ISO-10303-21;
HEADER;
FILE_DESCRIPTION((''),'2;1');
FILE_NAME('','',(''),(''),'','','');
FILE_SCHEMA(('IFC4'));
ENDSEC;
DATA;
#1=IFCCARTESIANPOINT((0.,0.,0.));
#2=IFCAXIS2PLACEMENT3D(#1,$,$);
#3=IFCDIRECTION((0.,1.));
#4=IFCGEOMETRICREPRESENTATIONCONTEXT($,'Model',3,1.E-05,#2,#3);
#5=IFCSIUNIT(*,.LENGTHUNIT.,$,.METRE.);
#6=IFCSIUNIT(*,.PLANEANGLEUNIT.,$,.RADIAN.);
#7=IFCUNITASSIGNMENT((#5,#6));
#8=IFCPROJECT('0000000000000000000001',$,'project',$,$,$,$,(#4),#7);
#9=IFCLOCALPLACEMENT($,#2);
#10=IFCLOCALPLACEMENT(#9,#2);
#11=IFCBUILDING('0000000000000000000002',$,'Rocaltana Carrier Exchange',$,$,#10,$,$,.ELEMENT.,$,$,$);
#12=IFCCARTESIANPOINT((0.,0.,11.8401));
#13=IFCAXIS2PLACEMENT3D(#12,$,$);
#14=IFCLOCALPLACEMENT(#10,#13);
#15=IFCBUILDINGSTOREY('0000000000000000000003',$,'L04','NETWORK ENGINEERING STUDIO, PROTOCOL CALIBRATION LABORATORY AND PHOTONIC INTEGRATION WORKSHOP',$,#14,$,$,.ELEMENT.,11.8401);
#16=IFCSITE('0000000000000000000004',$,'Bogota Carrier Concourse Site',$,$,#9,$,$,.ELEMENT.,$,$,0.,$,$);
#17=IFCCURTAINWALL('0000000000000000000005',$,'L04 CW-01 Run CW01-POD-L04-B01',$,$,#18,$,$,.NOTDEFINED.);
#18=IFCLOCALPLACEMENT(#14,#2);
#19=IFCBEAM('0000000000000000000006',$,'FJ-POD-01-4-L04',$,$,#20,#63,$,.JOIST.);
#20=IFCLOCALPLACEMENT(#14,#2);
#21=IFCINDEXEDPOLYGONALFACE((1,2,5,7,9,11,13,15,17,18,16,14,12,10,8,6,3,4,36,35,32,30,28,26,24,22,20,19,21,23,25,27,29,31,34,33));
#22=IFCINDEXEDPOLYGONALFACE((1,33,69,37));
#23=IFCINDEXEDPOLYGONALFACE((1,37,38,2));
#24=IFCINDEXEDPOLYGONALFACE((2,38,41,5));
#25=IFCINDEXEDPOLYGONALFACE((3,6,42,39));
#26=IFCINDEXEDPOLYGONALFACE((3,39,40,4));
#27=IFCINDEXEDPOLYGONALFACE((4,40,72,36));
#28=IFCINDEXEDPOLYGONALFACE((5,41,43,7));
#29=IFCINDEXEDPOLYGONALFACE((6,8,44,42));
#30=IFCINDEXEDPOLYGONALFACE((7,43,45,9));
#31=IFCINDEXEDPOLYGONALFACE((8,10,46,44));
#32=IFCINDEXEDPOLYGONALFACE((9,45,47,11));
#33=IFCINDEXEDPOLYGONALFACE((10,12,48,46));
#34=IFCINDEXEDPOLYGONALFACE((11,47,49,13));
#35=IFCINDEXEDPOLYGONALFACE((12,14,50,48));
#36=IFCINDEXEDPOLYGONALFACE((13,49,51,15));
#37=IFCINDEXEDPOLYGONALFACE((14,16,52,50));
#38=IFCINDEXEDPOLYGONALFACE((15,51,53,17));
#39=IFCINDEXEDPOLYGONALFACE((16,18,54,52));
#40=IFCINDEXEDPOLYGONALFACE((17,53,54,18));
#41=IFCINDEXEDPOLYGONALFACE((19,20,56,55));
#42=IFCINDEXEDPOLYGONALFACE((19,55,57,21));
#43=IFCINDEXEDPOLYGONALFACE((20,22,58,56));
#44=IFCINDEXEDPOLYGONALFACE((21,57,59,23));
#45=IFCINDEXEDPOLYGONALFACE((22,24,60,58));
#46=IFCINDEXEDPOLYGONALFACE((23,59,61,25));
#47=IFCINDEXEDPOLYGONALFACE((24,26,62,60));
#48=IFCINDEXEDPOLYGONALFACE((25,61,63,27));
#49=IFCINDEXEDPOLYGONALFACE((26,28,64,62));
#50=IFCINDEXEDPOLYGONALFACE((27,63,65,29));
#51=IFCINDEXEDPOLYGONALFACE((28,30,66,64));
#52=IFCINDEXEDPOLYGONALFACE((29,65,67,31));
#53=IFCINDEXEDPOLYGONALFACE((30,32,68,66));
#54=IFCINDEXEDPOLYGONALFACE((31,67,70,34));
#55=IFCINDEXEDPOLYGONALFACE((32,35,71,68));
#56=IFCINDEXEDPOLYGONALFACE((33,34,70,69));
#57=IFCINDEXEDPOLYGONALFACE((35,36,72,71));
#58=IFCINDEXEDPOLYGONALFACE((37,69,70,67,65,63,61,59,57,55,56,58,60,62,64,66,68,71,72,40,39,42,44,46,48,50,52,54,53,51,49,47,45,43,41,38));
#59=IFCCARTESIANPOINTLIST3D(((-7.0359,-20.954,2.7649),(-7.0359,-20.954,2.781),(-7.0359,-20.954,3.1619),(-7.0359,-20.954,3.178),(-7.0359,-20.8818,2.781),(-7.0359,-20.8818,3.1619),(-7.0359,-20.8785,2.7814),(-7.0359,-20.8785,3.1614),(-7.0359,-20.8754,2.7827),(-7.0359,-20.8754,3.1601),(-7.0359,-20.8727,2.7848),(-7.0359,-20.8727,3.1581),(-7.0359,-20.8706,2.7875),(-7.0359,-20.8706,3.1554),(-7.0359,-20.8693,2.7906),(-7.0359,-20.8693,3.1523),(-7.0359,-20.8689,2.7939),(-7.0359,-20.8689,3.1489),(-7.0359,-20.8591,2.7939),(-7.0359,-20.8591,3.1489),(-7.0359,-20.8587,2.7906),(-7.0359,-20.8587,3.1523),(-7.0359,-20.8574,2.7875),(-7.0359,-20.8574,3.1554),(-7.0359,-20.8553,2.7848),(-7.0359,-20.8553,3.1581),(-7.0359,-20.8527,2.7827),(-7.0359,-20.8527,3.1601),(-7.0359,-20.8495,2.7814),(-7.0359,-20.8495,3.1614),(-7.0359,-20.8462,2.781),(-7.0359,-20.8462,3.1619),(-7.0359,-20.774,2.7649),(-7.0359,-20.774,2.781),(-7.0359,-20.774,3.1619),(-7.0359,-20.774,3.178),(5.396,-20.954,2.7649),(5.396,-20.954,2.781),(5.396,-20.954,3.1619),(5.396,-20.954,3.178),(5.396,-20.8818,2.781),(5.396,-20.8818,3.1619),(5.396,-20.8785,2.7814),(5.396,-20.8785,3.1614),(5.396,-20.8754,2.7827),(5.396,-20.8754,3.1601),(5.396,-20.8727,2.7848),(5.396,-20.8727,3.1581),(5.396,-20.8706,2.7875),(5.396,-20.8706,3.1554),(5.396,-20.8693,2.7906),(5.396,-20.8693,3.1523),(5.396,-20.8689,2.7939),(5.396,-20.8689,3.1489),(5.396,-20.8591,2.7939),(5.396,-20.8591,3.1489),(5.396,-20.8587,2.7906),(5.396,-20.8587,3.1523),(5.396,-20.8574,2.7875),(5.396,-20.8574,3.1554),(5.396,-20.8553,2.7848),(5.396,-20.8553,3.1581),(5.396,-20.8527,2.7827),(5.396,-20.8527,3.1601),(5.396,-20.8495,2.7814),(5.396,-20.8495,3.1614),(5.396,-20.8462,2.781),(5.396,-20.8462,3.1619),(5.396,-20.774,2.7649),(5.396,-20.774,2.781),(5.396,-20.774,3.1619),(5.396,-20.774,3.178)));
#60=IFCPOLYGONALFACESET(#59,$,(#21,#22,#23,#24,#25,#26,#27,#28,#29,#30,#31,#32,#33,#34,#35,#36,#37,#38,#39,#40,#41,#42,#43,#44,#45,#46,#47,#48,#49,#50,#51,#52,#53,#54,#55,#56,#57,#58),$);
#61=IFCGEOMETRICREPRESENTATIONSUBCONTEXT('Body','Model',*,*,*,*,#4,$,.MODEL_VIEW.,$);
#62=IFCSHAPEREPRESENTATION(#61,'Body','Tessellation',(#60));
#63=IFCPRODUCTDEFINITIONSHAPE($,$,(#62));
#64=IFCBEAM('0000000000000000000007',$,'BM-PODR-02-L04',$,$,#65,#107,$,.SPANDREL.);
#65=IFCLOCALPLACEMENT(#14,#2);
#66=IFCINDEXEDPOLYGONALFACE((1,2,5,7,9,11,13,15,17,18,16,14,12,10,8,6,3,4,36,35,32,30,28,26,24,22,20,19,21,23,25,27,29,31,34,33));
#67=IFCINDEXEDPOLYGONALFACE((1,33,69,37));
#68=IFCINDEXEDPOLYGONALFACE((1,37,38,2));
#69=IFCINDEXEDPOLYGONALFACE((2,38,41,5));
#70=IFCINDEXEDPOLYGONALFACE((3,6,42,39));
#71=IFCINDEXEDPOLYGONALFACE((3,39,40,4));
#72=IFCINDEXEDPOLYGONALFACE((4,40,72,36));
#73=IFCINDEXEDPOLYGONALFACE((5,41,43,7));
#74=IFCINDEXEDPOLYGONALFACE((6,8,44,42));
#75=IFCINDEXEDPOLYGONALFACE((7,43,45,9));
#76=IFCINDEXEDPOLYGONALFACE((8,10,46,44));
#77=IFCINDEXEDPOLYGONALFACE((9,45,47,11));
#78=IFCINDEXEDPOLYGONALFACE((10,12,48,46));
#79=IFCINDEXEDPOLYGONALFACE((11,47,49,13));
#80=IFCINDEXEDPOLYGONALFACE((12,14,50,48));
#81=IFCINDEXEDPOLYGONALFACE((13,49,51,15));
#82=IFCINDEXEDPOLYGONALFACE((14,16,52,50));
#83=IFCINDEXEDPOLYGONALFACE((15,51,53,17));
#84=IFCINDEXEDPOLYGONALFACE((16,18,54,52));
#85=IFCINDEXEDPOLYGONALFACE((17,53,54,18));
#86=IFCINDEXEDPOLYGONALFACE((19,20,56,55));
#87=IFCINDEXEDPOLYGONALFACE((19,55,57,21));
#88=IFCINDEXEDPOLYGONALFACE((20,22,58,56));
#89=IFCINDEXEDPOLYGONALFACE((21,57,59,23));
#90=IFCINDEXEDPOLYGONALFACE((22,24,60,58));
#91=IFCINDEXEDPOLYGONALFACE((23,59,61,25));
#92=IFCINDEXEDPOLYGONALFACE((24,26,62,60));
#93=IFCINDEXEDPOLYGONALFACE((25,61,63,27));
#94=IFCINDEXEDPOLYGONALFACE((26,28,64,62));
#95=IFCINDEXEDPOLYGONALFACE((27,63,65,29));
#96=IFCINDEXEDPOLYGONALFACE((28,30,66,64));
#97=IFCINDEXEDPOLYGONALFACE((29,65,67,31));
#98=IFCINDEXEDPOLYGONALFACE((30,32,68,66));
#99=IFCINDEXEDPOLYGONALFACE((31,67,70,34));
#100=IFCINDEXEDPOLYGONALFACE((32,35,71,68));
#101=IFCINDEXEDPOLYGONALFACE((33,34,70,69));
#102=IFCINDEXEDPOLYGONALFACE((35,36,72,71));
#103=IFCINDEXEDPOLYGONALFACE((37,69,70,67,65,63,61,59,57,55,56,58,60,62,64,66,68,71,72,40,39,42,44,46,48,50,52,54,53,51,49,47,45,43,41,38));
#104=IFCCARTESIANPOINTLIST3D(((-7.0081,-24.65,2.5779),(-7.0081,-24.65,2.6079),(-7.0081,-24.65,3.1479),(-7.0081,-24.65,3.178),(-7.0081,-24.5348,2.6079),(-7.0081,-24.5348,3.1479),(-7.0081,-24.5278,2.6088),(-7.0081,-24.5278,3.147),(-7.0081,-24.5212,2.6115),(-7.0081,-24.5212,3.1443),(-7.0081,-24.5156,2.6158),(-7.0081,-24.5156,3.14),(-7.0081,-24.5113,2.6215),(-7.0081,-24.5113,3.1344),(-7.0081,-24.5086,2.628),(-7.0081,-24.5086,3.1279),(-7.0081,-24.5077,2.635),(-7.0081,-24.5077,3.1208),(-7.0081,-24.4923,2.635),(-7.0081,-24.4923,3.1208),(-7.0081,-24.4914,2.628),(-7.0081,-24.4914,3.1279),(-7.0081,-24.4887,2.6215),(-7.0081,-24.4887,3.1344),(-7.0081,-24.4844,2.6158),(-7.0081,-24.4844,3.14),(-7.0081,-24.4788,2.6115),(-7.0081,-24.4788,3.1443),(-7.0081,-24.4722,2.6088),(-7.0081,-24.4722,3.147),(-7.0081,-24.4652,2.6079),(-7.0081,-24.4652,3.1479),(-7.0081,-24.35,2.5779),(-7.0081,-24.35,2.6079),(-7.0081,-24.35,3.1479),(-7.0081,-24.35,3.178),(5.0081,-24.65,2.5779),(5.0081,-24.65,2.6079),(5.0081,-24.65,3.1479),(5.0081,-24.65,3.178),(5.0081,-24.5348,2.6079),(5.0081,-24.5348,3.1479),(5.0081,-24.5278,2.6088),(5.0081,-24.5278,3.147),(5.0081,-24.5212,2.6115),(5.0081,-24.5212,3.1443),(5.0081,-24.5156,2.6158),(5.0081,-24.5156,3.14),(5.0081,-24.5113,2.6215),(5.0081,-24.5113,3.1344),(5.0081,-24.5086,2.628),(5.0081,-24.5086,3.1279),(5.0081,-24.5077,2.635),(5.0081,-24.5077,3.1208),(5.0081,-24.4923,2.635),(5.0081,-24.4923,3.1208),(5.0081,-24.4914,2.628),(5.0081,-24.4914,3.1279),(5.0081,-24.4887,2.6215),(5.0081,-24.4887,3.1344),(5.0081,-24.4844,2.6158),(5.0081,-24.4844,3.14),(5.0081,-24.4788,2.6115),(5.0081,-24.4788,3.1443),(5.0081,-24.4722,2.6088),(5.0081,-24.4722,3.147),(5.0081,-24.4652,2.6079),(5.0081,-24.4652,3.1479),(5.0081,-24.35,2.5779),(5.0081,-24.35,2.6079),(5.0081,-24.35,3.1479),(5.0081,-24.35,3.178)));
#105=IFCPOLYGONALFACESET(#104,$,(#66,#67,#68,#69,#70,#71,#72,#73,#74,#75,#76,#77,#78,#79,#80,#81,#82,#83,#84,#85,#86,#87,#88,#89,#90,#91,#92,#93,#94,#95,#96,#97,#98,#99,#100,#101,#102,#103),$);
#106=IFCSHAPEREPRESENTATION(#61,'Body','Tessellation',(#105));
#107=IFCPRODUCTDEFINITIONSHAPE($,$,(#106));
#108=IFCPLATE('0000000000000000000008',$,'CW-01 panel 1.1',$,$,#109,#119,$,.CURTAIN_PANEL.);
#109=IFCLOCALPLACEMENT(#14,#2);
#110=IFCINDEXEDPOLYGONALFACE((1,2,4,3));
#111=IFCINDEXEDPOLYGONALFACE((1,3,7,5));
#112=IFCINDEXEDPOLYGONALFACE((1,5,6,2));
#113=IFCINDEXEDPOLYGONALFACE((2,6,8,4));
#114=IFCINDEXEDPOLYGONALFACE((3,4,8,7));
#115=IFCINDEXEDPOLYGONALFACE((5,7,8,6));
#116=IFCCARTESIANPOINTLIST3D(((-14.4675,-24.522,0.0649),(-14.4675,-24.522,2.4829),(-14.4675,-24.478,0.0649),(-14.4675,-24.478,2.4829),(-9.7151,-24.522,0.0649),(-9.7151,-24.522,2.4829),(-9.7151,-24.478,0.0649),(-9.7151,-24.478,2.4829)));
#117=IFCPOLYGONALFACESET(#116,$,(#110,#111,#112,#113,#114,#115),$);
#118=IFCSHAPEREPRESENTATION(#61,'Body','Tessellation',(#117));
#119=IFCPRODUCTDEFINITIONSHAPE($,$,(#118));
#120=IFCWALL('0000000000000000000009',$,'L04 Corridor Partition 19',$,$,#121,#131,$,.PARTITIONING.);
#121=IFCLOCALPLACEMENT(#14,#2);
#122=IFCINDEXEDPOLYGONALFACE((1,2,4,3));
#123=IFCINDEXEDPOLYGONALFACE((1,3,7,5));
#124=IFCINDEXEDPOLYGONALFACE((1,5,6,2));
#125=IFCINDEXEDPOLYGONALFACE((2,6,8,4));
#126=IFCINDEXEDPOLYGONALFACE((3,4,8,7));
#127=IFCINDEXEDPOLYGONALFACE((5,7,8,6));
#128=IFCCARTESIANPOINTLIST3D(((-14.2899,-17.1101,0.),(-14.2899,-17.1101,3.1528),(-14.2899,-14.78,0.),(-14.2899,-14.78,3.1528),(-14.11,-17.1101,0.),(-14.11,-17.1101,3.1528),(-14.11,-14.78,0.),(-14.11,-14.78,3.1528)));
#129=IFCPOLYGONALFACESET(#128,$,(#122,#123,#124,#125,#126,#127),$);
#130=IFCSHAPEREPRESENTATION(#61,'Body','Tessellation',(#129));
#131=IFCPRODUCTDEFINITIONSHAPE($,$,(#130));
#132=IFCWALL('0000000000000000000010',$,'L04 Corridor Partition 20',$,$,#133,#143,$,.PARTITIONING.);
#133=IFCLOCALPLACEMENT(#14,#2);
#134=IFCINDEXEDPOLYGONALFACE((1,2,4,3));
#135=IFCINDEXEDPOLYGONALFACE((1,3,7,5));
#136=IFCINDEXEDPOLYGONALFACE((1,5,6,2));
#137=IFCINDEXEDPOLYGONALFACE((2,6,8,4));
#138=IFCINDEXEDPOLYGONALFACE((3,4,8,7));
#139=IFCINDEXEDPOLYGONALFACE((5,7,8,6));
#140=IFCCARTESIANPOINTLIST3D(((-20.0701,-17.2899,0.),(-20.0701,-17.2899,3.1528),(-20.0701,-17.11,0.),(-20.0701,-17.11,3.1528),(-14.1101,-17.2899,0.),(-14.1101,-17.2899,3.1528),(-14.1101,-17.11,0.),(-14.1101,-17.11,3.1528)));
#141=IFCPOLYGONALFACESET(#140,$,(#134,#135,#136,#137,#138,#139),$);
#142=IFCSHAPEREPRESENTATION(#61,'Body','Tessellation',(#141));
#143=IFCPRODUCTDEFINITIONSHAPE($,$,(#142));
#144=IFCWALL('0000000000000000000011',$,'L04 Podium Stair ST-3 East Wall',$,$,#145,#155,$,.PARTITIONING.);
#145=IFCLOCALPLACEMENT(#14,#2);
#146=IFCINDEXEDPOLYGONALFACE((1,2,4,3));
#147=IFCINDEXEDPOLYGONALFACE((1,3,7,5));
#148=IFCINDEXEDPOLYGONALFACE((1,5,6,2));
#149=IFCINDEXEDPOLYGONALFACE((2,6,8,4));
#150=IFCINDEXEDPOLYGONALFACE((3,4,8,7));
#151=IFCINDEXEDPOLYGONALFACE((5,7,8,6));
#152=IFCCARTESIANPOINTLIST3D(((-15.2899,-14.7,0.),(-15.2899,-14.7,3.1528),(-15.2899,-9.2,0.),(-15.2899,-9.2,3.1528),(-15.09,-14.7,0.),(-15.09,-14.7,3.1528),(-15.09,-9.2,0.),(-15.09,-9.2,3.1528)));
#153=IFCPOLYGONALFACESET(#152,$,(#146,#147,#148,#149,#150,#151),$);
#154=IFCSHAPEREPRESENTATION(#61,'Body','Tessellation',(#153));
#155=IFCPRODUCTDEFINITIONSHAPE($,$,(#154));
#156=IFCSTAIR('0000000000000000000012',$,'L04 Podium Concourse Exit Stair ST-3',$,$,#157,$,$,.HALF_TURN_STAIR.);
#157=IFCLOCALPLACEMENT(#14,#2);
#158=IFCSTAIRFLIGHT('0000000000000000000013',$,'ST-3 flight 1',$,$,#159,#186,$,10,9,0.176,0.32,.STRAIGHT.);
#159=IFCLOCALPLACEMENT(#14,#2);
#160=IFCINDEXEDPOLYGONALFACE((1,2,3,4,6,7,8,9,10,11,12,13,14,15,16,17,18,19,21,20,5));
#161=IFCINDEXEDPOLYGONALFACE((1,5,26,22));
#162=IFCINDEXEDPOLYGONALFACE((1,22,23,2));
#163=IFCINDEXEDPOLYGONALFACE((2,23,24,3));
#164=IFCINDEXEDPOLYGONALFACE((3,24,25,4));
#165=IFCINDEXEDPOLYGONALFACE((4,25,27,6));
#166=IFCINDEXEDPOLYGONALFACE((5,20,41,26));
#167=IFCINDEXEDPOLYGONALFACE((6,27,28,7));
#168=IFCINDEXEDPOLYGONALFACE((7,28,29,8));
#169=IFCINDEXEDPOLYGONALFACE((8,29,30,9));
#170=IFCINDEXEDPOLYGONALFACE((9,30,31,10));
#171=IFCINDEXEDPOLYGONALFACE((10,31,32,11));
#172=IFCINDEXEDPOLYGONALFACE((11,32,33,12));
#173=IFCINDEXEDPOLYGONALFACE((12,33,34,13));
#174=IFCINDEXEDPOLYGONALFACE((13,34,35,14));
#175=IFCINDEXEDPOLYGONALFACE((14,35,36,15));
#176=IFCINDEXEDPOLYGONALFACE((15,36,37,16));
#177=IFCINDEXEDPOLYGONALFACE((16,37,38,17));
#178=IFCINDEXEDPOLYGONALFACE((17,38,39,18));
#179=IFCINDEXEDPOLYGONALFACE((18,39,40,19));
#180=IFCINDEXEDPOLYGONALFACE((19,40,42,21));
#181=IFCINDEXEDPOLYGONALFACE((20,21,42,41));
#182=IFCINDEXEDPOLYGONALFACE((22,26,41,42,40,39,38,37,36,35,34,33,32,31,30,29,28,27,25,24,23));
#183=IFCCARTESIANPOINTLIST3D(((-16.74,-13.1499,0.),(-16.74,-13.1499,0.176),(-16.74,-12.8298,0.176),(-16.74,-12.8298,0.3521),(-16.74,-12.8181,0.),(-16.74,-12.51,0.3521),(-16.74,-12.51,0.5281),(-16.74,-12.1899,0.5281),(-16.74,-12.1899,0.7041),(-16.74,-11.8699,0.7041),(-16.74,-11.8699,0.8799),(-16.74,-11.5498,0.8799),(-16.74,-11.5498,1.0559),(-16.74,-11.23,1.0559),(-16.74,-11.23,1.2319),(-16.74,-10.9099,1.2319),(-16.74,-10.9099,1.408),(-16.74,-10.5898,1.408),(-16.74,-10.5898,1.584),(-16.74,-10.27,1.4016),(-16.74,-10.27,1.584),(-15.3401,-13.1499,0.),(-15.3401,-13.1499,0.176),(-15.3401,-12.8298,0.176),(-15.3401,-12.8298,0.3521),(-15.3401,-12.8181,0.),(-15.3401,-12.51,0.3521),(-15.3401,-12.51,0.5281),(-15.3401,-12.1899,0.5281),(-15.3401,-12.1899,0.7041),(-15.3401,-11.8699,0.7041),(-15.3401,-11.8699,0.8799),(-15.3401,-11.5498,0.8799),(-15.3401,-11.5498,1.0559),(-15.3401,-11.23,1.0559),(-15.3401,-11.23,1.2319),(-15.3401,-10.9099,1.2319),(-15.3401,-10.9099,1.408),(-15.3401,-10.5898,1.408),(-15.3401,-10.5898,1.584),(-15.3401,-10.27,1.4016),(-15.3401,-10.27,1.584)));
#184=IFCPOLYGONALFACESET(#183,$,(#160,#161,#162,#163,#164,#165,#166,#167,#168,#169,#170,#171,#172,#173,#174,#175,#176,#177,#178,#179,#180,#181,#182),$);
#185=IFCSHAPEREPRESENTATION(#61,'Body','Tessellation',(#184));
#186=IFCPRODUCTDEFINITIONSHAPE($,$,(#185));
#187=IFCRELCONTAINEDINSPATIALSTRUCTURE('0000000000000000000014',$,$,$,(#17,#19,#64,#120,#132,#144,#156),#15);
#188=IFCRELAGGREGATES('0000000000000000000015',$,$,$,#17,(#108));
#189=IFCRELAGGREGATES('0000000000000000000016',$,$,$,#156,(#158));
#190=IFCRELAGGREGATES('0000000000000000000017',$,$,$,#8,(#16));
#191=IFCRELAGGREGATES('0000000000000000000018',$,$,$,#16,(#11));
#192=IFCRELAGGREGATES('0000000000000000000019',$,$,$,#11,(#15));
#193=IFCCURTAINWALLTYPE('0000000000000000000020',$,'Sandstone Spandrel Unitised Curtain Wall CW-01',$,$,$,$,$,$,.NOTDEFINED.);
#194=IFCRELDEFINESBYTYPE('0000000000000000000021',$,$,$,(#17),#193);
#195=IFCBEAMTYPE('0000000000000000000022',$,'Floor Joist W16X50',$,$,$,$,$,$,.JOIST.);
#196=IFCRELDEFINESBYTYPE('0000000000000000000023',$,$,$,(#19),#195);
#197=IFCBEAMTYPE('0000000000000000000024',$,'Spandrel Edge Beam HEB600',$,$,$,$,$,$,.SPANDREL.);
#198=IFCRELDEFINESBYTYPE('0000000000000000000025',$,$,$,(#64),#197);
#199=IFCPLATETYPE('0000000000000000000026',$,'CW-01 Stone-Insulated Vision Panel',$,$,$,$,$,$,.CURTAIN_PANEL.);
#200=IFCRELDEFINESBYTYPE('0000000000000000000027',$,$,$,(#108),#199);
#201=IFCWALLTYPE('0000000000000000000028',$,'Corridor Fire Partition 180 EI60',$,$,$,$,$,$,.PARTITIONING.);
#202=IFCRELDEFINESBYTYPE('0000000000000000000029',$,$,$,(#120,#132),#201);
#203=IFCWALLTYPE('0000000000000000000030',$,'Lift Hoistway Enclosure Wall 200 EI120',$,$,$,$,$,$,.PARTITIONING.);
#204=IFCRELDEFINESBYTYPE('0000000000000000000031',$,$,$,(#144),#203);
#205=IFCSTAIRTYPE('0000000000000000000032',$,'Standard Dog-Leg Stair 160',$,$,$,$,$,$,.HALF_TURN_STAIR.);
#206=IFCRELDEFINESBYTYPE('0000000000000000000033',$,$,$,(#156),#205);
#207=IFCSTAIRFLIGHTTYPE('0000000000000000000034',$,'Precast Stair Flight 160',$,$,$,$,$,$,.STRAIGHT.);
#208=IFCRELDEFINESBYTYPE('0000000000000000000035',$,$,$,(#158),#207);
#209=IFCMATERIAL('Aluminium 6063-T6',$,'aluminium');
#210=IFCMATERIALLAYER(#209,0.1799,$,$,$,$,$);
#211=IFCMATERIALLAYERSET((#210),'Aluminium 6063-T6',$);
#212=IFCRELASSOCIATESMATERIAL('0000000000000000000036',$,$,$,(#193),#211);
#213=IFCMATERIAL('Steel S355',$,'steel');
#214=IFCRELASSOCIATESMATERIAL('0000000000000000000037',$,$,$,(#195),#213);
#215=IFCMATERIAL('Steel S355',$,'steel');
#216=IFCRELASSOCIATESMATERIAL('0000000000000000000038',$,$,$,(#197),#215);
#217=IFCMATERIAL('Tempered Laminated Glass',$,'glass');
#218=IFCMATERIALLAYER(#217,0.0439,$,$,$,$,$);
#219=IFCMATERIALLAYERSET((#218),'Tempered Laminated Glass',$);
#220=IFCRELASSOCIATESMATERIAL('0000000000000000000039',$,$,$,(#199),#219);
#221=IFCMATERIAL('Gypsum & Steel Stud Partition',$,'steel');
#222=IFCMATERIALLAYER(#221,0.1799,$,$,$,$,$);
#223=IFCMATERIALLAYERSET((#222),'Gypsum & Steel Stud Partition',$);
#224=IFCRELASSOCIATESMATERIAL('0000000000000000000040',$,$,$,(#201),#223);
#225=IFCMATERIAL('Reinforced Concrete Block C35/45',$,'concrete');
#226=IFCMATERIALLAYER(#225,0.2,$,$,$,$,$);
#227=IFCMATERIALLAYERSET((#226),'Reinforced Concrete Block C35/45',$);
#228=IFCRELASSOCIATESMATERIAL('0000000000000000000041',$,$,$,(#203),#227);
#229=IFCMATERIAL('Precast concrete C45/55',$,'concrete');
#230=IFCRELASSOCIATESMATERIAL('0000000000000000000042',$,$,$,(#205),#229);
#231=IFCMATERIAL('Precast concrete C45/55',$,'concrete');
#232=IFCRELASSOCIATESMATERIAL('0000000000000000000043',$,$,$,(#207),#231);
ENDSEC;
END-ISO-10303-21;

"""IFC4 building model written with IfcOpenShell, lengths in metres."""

from ifc_helpers import new_model, si_unit, direction, frame, frame_2d, origin, origin_2d, place, context, subcontext, project, spatial, polyline, rectangle, i_section, outline, extrude, material, layer, layer_set, material_profile, profile_set, type_object, element, aggregate, save


model = new_model("IFC4")

# Units and contexts
model_context = context("Model", 3, precision=1e-05, world=origin(), true_north=direction((0.0, 1.0)))
body_context = subcontext(model_context, "Body", "Model", "MODEL_VIEW")
ifc_project = project(units=[si_unit("LENGTHUNIT", "METRE"), si_unit("PLANEANGLEUNIT", "RADIAN")], contexts=[model_context])

# Site, building, storey
site_placement = place(None, origin())
site = spatial("IfcSite", under=ifc_project, at=site_placement, Name="Bogota Carrier Concourse Site", CompositionType="ELEMENT", RefElevation=0.0)
building_placement = place(site_placement, origin())
building = spatial("IfcBuilding", under=site, at=building_placement, Name="Rocaltana Carrier Exchange", CompositionType="ELEMENT")
storey_placement = place(building_placement, frame((0.0, 0.0, 11.8401)))
storey = spatial("IfcBuildingStorey", under=building, at=storey_placement, Name="L04", Description="NETWORK ENGINEERING STUDIO, PROTOCOL CALIBRATION LABORATORY AND PHOTONIC INTEGRATION WORKSHOP", CompositionType="ELEMENT", Elevation=11.8401)

# Curtain wall
ifc_material_1 = material(Name="Aluminium 6063-T6", Category="aluminium")
ifc_layer_1 = layer(ifc_material_1, 0.1799)
ifc_layer_set_1 = layer_set([ifc_layer_1], Name="Aluminium 6063-T6")
curtain_wall_type = type_object("IfcCurtainWallType", Name="Sandstone Spandrel Unitised Curtain Wall CW-01", PredefinedType="NOTDEFINED", material=ifc_layer_set_1)
curtain_wall_placement = place(storey_placement, origin())
curtain_wall = element("IfcCurtainWall", 1, at=curtain_wall_placement, inside=storey, type_object=curtain_wall_type, Name="L04 CW-01 Run CW01-POD-L04-B01", PredefinedType="NOTDEFINED")

# Beams
ifc_material_2 = material(Name="Steel S355", Category="steel")
ifc_material_profile_1 = material_profile(ifc_material_2, i_section(OverallWidth=0.1799, OverallDepth=0.4131, WebThickness=0.0098, FlangeThickness=0.0161, FilletRadius=0.0129, at=origin_2d()), Name="W16X50")
ifc_profile_set_1 = profile_set([ifc_material_profile_1], Name="Steel S355")
beam_type_1 = type_object("IfcBeamType", Name="Floor Joist W16X50", PredefinedType="JOIST", material=ifc_profile_set_1)
beam_1_placement = place(storey_placement, frame((-7.0359, -20.864, 2.9714), z_axis=(1.0, 0.0, 0.0), x_axis=(0.0, 1.0, 0.0)))
element("IfcBeam", 2, at=beam_1_placement, inside=storey, type_object=beam_type_1, Name="FJ-POD-01-4-L04", PredefinedType="JOIST", context=body_context, shape_type="SweptSolid", body=[
    extrude(i_section(OverallWidth=0.1799, OverallDepth=0.4131, WebThickness=0.0098, FlangeThickness=0.0161, FilletRadius=0.0129, at=origin_2d()), origin(), (0.0, 0.0, 1.0), 12.4319),
])
ifc_material_3 = material(Name="Steel S355", Category="steel")
ifc_material_profile_2 = material_profile(ifc_material_3, i_section(OverallWidth=0.3, OverallDepth=0.6001, WebThickness=0.0154, FlangeThickness=0.03, FilletRadius=0.0271, at=origin_2d()), Name="HEB600")
ifc_profile_set_2 = profile_set([ifc_material_profile_2], Name="Steel S355")
beam_type_2 = type_object("IfcBeamType", Name="Spandrel Edge Beam HEB600", PredefinedType="SPANDREL", material=ifc_profile_set_2)
beam_2_placement = place(storey_placement, frame((-7.0081, -24.5, 2.8779), z_axis=(1.0, 0.0, 0.0), x_axis=(0.0, 1.0, 0.0)))
element("IfcBeam", 3, at=beam_2_placement, inside=storey, type_object=beam_type_2, Name="BM-PODR-02-L04", PredefinedType="SPANDREL", context=body_context, shape_type="SweptSolid", body=[
    extrude(i_section(OverallWidth=0.3, OverallDepth=0.6001, WebThickness=0.0154, FlangeThickness=0.03, FilletRadius=0.0271, at=origin_2d()), origin(), (0.0, 0.0, 1.0), 12.0161),
])

# Plate
ifc_material_4 = material(Name="Tempered Laminated Glass", Category="glass")
ifc_layer_2 = layer(ifc_material_4, 0.0439)
ifc_layer_set_2 = layer_set([ifc_layer_2], Name="Tempered Laminated Glass")
plate_type = type_object("IfcPlateType", Name="CW-01 Stone-Insulated Vision Panel", PredefinedType="CURTAIN_PANEL", material=ifc_layer_set_2)
plate_placement = place(storey_placement, frame((-12.0913, -24.5, 0.0649), z_axis=(0.0, 0.0, 1.0), x_axis=(-1.0, 0.0, 0.0)))
plate = element("IfcPlate", 4, at=plate_placement, type_object=plate_type, Name="CW-01 panel 1.1", PredefinedType="CURTAIN_PANEL", context=body_context, shape_type="SweptSolid", body=[
    extrude(rectangle(XDim=4.7524, YDim=0.0439, at=origin_2d()), origin(), (0.0, 0.0, 1.0), 2.418),
])
aggregate(curtain_wall, [plate])

# Walls
ifc_material_5 = material(Name="Gypsum & Steel Stud Partition", Category="steel")
ifc_layer_3 = layer(ifc_material_5, 0.1799)
ifc_layer_set_3 = layer_set([ifc_layer_3], Name="Gypsum & Steel Stud Partition")
wall_type_1 = type_object("IfcWallType", Name="Corridor Fire Partition 180 EI60", PredefinedType="PARTITIONING", material=ifc_layer_set_3)
wall_1_placement = place(storey_placement, frame((-14.2, -14.78, 0.0), z_axis=(0.0, 0.0, 1.0), x_axis=(0.0, -1.0, 0.0)))
element("IfcWall", 5, at=wall_1_placement, inside=storey, type_object=wall_type_1, Name="L04 Corridor Partition 19", PredefinedType="PARTITIONING", context=body_context, shape_type="SweptSolid", body=[
    extrude(rectangle(XDim=2.3301, YDim=0.1799, at=frame_2d((1.165, 0.0))), origin(), (0.0, 0.0, 1.0), 3.1528),
])
wall_2_placement = place(storey_placement, frame((-14.1101, -17.2, 0.0), z_axis=(0.0, 0.0, 1.0), x_axis=(-1.0, 0.0, 0.0)))
element("IfcWall", 6, at=wall_2_placement, inside=storey, type_object=wall_type_1, Name="L04 Corridor Partition 20", PredefinedType="PARTITIONING", context=body_context, shape_type="SweptSolid", body=[
    extrude(rectangle(XDim=5.96, YDim=0.1799, at=frame_2d((2.98, 0.0))), origin(), (0.0, 0.0, 1.0), 3.1528),
])
ifc_material_6 = material(Name="Reinforced Concrete Block C35/45", Category="concrete")
ifc_layer_4 = layer(ifc_material_6, 0.2)
ifc_layer_set_4 = layer_set([ifc_layer_4], Name="Reinforced Concrete Block C35/45")
wall_type_2 = type_object("IfcWallType", Name="Lift Hoistway Enclosure Wall 200 EI120", PredefinedType="PARTITIONING", material=ifc_layer_set_4)
wall_3_placement = place(storey_placement, frame((-15.1899, -14.7, 0.0), z_axis=(0.0, 0.0, 1.0), x_axis=(0.0, 1.0, 0.0)))
element("IfcWall", 7, at=wall_3_placement, inside=storey, type_object=wall_type_2, Name="L04 Podium Stair ST-3 East Wall", PredefinedType="PARTITIONING", context=body_context, shape_type="SweptSolid", body=[
    extrude(rectangle(XDim=5.5, YDim=0.2, at=frame_2d((2.75, 0.0))), origin(), (0.0, 0.0, 1.0), 3.1528),
])

# Stair, stair flight
ifc_material_7 = material(Name="Precast concrete C45/55", Category="concrete")
stair_type = type_object("IfcStairType", Name="Standard Dog-Leg Stair 160", PredefinedType="HALF_TURN_STAIR", material=ifc_material_7)
stair_placement = place(storey_placement, origin())
stair = element("IfcStair", 8, at=stair_placement, inside=storey, type_object=stair_type, Name="L04 Podium Concourse Exit Stair ST-3", PredefinedType="HALF_TURN_STAIR")
ifc_material_8 = material(Name="Precast concrete C45/55", Category="concrete")
stair_flight_type = type_object("IfcStairFlightType", Name="Precast Stair Flight 160", PredefinedType="STRAIGHT", material=ifc_material_8)
stair_flight_placement = place(storey_placement, frame((-16.04, -13.1499, 0.0), z_axis=(0.0, 0.0, 1.0), x_axis=(0.0, 1.0, 0.0)))
stair_flight = element("IfcStairFlight", 9, at=stair_flight_placement, type_object=stair_flight_type, Name="ST-3 flight 1", NumberOfRisers=10, NumberOfTreads=9, PredefinedType="STRAIGHT", RiserHeight=0.176, TreadLength=0.32, context=body_context, shape_type="SweptSolid", body=[
    extrude(outline(polyline([(0.0, 0.0), (0.0, 0.176), (0.3201, 0.176), (0.3201, 0.3521), (0.6399, 0.3521), (0.6399, 0.5281), (0.96, 0.5281), (0.96, 0.7041), (1.28, 0.7041), (1.28, 0.8799), (1.6001, 0.8799), (1.6001, 1.0559), (1.9199, 1.0559), (1.9199, 1.2319), (2.24, 1.2319), (2.24, 1.408), (2.5601, 1.408), (2.5601, 1.584), (2.8799, 1.584), (2.8799, 1.76), (2.8799, 1.4016), (0.3318, 0.0), (0.0, 0.0)])), frame((0.0, 0.7, 0.0), z_axis=(0.0, -1.0, 0.0), x_axis=(1.0, 0.0, 0.0)), (0.0, 0.0, 1.0), 1.3999),
])
aggregate(stair, [stair_flight])

save(model, "model.ifc")
